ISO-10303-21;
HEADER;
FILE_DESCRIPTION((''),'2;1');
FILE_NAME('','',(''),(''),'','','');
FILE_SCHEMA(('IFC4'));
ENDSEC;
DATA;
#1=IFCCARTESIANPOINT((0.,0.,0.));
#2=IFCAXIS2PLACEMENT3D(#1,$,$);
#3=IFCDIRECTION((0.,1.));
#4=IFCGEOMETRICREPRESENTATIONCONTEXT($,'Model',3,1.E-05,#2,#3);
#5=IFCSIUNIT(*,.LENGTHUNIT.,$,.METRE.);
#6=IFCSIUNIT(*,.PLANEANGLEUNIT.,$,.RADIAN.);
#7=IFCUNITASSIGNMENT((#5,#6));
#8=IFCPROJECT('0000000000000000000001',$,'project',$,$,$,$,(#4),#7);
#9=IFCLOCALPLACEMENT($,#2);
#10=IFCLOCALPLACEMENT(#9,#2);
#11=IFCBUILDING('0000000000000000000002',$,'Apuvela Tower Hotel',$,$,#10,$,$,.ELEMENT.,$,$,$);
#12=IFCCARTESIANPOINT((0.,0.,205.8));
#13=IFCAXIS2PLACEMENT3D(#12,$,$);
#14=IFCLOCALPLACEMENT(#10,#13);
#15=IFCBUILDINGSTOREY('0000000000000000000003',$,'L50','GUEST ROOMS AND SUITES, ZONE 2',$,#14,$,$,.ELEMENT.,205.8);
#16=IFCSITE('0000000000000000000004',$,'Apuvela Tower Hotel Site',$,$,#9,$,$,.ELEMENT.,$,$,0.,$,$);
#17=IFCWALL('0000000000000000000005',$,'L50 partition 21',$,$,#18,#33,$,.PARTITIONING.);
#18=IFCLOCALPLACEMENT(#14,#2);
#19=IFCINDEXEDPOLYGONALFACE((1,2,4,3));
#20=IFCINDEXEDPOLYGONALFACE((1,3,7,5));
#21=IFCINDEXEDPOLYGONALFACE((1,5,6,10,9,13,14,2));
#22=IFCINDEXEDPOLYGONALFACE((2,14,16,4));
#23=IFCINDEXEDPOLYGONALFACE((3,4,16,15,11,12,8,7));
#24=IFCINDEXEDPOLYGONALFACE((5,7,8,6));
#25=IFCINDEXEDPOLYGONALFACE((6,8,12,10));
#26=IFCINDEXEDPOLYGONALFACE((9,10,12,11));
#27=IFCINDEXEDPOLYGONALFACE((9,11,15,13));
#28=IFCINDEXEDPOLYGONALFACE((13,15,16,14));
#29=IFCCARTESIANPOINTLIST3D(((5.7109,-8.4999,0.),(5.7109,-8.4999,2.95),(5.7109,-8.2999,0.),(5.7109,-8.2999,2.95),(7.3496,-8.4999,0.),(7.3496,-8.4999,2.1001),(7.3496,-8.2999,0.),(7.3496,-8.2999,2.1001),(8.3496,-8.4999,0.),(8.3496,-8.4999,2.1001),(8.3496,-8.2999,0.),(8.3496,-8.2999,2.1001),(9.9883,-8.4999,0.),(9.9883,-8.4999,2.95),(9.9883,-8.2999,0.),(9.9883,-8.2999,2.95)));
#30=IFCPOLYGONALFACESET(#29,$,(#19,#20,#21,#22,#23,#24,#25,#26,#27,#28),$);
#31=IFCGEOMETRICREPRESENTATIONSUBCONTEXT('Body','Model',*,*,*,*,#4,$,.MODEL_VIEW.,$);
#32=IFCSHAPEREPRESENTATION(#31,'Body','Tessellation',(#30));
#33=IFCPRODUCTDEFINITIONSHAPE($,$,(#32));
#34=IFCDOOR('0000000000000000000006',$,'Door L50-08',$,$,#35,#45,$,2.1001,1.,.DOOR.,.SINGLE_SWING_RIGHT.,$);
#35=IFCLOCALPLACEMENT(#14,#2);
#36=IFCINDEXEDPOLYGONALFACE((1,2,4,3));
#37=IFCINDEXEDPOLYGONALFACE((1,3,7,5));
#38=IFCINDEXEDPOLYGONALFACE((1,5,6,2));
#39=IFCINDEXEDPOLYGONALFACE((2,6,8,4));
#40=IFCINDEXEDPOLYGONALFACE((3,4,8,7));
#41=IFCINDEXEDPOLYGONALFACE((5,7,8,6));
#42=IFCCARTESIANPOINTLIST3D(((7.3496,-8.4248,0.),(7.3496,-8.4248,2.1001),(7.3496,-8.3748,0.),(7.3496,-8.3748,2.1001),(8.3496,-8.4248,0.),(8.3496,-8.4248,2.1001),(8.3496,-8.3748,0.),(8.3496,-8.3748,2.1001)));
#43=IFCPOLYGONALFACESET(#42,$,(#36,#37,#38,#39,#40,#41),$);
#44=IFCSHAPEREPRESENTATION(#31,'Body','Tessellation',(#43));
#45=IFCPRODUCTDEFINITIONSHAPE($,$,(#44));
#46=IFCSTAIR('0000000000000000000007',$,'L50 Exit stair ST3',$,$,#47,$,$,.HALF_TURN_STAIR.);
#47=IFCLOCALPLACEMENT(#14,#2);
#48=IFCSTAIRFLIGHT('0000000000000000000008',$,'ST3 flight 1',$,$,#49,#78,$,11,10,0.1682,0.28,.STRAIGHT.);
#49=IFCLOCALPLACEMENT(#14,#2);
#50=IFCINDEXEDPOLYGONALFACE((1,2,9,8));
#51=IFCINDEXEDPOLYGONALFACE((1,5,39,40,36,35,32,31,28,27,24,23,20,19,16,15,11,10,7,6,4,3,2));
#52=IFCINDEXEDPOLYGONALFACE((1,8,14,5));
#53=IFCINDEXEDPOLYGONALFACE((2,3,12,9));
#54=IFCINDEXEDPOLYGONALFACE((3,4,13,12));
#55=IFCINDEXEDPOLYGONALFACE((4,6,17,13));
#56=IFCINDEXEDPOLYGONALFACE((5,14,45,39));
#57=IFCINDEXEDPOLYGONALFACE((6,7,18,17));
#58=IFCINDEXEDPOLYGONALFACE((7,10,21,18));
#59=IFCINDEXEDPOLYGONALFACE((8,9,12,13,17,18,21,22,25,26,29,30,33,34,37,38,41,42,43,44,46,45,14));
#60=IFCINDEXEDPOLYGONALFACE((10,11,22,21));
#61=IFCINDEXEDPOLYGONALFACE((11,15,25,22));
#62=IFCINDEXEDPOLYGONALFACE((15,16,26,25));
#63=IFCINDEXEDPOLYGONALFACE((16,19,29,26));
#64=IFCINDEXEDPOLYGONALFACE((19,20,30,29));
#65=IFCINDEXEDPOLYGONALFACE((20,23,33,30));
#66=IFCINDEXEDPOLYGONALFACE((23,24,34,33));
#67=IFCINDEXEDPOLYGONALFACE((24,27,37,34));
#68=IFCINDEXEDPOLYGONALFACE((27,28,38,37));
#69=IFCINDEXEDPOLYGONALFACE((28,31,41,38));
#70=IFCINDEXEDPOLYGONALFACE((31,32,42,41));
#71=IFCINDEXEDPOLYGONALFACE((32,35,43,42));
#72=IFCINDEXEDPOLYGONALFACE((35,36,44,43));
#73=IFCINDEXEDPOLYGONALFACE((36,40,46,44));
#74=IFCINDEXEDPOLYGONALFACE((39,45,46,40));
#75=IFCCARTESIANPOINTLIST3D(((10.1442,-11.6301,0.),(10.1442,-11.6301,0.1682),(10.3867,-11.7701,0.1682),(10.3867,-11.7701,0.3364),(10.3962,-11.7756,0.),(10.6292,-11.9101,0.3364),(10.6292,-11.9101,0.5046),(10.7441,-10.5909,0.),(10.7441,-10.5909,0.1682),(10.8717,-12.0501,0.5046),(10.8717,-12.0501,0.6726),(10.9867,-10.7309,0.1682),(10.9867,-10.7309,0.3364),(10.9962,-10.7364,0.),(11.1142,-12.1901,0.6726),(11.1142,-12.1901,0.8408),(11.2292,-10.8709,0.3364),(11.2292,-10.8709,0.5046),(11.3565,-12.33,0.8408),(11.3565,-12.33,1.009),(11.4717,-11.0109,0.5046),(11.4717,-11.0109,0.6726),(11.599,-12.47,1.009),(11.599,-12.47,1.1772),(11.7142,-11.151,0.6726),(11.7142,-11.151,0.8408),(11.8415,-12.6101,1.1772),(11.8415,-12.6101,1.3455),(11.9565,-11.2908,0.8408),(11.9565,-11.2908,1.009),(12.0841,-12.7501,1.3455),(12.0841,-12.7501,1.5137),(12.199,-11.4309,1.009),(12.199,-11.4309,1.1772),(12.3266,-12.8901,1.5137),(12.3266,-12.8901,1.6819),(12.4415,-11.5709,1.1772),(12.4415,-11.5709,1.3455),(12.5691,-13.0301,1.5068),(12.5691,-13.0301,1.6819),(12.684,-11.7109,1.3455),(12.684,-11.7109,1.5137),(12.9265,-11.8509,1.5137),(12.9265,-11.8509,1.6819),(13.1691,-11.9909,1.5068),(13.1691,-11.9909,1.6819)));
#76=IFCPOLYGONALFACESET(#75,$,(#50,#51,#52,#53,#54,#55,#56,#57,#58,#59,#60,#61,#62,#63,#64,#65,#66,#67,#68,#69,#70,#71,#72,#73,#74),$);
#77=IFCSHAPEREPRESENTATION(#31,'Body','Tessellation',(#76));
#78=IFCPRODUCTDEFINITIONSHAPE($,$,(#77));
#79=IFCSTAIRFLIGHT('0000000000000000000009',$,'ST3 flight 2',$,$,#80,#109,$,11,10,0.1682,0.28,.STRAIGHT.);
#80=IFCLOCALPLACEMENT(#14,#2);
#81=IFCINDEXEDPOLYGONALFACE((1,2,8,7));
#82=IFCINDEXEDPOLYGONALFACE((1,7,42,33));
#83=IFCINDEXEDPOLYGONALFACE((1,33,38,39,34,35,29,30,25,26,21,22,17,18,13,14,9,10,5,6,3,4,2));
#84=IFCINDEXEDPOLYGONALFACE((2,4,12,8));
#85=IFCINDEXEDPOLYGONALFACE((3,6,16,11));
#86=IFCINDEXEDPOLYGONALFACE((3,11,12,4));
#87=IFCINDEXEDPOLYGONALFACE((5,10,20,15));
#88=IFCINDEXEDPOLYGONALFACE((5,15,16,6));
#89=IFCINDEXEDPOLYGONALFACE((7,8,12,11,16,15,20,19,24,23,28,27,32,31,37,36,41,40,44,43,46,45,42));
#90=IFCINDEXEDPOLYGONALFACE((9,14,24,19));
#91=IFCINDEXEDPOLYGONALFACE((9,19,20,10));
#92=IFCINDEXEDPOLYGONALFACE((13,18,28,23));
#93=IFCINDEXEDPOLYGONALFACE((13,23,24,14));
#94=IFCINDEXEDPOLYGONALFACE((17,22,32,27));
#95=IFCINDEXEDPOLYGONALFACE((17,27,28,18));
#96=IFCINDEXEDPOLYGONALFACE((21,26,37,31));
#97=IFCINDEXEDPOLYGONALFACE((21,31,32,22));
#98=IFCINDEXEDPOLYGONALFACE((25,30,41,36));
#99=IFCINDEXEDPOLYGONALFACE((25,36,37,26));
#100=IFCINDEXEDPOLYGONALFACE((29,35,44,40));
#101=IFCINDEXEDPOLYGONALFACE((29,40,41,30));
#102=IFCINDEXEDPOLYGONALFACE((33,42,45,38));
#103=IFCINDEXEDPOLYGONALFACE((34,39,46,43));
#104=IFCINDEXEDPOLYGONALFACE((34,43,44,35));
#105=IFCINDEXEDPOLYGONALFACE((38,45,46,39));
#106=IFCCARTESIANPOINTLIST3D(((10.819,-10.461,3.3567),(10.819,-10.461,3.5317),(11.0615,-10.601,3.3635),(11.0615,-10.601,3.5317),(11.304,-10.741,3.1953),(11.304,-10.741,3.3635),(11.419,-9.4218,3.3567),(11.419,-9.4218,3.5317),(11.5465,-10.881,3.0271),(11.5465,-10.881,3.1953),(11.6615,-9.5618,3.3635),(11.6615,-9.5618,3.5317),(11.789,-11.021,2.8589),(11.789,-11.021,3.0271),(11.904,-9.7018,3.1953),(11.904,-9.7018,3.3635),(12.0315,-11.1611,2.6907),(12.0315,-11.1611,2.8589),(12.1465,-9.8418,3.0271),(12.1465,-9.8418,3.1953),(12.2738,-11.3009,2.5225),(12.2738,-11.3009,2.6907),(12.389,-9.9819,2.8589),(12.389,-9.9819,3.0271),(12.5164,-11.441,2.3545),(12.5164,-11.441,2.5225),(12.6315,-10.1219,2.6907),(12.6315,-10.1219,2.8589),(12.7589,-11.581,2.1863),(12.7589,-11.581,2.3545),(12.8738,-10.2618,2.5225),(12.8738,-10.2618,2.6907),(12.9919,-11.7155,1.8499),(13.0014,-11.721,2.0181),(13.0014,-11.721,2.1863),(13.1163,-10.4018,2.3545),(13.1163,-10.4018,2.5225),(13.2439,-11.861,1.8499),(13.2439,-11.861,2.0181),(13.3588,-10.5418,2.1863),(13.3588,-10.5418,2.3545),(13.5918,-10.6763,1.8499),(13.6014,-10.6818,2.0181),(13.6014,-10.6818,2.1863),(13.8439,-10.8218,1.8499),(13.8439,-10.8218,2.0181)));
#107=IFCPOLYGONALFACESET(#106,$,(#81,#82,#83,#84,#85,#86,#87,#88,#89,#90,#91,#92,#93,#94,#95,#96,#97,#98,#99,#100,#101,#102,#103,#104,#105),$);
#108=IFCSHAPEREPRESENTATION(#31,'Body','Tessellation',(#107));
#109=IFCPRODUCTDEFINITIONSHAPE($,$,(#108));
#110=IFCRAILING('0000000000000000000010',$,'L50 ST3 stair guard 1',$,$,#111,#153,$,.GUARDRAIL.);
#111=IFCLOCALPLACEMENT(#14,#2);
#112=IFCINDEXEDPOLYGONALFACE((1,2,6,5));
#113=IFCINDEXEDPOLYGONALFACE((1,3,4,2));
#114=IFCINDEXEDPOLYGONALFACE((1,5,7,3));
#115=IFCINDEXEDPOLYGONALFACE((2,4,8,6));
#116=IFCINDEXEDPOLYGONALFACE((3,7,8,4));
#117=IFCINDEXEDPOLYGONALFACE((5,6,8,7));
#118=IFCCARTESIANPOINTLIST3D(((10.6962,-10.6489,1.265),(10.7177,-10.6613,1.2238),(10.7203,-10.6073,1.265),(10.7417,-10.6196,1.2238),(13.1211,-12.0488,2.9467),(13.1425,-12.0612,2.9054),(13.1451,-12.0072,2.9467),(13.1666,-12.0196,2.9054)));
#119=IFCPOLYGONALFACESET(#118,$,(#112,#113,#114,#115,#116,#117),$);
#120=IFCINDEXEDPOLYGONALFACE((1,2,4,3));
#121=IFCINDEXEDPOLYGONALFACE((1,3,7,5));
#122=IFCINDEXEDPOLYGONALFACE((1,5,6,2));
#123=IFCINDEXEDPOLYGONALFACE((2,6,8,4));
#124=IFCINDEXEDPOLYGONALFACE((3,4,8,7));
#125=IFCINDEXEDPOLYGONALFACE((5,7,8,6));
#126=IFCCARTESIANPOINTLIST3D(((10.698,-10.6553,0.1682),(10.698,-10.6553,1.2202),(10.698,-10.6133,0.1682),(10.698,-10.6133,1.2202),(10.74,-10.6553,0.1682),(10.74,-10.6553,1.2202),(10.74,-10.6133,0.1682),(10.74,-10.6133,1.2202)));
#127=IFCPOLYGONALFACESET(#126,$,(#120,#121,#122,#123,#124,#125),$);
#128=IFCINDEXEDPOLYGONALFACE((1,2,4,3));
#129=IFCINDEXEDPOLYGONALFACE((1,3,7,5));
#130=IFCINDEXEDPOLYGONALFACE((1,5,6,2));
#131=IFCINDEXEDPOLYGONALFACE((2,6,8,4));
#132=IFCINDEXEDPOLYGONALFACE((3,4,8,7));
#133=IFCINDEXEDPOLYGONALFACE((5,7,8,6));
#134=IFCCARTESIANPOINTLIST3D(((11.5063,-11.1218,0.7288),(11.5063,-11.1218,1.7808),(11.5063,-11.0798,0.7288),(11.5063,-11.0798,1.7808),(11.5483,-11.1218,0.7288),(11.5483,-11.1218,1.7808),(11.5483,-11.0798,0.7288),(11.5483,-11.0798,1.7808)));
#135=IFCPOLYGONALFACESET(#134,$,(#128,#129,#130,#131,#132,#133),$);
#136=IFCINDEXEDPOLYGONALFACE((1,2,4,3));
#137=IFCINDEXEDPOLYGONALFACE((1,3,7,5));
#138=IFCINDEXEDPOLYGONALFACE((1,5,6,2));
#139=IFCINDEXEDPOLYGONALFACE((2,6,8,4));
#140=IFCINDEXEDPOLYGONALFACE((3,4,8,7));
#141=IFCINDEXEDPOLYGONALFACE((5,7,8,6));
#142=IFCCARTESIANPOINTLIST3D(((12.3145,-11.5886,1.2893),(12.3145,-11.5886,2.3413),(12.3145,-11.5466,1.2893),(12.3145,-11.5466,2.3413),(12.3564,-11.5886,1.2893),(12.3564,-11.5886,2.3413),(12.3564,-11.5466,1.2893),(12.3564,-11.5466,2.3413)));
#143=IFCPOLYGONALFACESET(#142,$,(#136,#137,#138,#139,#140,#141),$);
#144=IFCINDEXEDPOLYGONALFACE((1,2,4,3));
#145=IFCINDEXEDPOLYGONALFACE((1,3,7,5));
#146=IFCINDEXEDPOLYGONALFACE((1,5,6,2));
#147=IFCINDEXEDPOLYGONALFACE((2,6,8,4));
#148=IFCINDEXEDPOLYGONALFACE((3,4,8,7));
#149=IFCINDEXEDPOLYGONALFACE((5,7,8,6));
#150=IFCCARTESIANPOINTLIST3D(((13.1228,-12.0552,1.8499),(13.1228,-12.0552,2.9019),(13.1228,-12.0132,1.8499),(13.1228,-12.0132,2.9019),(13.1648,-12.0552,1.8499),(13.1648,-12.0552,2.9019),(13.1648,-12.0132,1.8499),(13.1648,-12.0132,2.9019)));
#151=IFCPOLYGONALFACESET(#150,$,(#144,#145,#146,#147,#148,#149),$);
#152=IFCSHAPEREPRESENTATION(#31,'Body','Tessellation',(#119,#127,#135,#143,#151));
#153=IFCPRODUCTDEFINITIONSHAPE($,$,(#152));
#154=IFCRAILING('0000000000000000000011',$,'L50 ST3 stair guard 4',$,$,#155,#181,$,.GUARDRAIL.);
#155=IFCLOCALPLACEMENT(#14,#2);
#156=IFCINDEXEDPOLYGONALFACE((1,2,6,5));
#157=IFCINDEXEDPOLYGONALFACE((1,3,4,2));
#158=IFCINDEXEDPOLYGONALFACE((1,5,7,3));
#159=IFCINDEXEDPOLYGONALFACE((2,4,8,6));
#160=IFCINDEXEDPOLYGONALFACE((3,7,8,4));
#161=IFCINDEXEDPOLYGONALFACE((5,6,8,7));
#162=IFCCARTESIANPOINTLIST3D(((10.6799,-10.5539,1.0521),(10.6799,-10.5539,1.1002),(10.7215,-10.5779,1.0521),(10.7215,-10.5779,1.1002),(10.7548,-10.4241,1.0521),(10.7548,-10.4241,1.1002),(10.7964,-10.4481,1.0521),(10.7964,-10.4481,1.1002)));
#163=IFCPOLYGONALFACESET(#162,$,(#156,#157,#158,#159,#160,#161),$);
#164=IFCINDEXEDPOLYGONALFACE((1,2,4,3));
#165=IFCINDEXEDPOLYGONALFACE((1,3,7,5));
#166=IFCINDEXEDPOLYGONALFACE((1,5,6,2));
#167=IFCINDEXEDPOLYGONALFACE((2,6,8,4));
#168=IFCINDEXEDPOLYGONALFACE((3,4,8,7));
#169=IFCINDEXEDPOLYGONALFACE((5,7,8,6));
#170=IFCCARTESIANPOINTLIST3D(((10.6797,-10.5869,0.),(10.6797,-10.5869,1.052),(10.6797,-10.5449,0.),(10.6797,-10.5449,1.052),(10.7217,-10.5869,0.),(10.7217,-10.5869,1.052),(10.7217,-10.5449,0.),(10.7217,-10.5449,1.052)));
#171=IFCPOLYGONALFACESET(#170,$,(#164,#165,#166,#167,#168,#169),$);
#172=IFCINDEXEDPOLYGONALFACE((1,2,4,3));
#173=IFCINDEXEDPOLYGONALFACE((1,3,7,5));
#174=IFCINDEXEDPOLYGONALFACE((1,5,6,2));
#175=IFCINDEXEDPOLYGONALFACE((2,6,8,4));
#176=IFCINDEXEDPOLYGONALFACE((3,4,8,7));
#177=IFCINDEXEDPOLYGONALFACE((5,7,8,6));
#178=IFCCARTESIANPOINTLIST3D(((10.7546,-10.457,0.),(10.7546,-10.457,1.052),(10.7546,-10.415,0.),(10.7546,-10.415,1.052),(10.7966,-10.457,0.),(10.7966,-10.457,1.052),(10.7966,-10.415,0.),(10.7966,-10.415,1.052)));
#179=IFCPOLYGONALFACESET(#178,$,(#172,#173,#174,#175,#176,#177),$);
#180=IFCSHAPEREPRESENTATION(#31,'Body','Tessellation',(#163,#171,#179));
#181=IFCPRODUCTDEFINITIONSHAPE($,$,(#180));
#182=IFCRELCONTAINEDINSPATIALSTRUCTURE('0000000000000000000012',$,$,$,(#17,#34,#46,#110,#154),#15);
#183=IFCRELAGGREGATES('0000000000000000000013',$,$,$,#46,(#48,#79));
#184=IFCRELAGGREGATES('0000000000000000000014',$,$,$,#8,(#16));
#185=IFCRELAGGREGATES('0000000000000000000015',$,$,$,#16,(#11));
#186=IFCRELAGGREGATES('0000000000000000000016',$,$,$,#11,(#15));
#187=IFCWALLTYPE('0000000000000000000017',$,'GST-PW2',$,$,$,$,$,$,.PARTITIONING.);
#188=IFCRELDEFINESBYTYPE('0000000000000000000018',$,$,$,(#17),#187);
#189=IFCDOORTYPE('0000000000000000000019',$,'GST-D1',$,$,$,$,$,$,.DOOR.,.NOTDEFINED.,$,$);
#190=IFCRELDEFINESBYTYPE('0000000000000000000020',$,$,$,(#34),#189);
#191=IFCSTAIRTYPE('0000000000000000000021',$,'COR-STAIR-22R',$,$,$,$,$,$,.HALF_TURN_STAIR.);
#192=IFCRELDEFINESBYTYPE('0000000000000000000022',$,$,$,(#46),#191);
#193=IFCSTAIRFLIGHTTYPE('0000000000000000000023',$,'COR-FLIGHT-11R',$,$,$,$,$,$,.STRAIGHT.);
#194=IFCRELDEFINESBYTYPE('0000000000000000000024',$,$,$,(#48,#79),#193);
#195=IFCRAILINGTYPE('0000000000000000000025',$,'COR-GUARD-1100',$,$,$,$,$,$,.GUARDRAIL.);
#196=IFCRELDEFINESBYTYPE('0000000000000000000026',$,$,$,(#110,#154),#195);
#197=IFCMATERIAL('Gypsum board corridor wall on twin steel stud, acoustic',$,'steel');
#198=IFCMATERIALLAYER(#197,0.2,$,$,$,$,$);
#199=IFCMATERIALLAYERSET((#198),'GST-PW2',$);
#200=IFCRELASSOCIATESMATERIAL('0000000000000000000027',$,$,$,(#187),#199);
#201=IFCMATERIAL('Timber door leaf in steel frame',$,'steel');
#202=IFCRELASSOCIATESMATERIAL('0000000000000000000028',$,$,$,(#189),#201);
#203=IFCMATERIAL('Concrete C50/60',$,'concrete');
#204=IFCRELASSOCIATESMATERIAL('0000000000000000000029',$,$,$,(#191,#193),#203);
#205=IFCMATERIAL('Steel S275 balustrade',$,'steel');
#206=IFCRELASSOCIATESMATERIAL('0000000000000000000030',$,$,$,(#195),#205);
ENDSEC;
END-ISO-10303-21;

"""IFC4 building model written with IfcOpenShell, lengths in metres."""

from ifc_helpers import new_model, si_unit, direction, frame, frame_2d, origin, origin_2d, place, context, subcontext, project, spatial, polyline, rectangle, outline, extrude, material, layer, layer_set, type_object, element, fill, aggregate, save


model = new_model("IFC4")

# Units and contexts
model_context = context("Model", 3, precision=1e-05, world=origin(), true_north=direction((0.0, 1.0)))
body_context = subcontext(model_context, "Body", "Model", "MODEL_VIEW")
ifc_project = project(units=[si_unit("LENGTHUNIT", "METRE"), si_unit("PLANEANGLEUNIT", "RADIAN")], contexts=[model_context])

# Site, building, storey
site_placement = place(None, origin())
site = spatial("IfcSite", under=ifc_project, at=site_placement, Name="Apuvela Tower Hotel Site", CompositionType="ELEMENT", RefElevation=0.0)
building_placement = place(site_placement, origin())
building = spatial("IfcBuilding", under=site, at=building_placement, Name="Apuvela Tower Hotel", CompositionType="ELEMENT")
storey_placement = place(building_placement, frame((0.0, 0.0, 205.8)))
storey = spatial("IfcBuildingStorey", under=building, at=storey_placement, Name="L50", Description="GUEST ROOMS AND SUITES, ZONE 2", CompositionType="ELEMENT", Elevation=205.8)

# Shared definitions
ifc_material_1 = material(Name="Concrete C50/60", Category="concrete")

# Wall, opening, door
ifc_material_2 = material(Name="Gypsum board corridor wall on twin steel stud, acoustic", Category="steel")
ifc_layer_1 = layer(ifc_material_2, 0.2)
ifc_layer_set_1 = layer_set([ifc_layer_1], Name="GST-PW2")
wall_type_1 = type_object("IfcWallType", Name="GST-PW2", PredefinedType="PARTITIONING", material=ifc_layer_set_1)
ifc_material_3 = material(Name="Timber door leaf in steel frame", Category="steel")
door_type_1 = type_object("IfcDoorType", Name="GST-D1", OperationType="NOTDEFINED", PredefinedType="DOOR", material=ifc_material_3)
wall_1_placement = place(storey_placement, frame((9.9883, -8.3999, 0.0), z_axis=(0.0, 0.0, 1.0), x_axis=(-1.0, 0.0, 0.0)))
wall_1 = element("IfcWall", 1, at=wall_1_placement, inside=storey, type_object=wall_type_1, Name="L50 partition 21", PredefinedType="PARTITIONING", context=body_context, shape_type="SweptSolid", body=[
    extrude(rectangle(XDim=4.2773, YDim=0.2, at=frame_2d((2.1387, 0.0))), origin(), (0.0, 0.0, 1.0), 2.95),
])
opening_1_placement = place(wall_1_placement, frame((1.6387, 0.0, 0.0)))
opening_1 = element("IfcOpeningElement", 2, at=opening_1_placement, cuts=wall_1, PredefinedType="OPENING", context=body_context, shape_type="SweptSolid", body=[
    extrude(rectangle(XDim=1.0, YDim=2.1001, at=frame_2d((0.5, 1.05))), frame((0.0, 0.1099, 0.0), z_axis=(0.0, -1.0, 0.0), x_axis=(1.0, 0.0, 0.0)), (0.0, 0.0, 1.0), 0.22),
])
door_1_placement = place(opening_1_placement, origin())
door_1 = element("IfcDoor", 3, at=door_1_placement, inside=storey, type_object=door_type_1, Name="Door L50-08", OperationType="SINGLE_SWING_RIGHT", OverallHeight=2.1001, OverallWidth=1.0, PredefinedType="DOOR", context=body_context, shape_type="SweptSolid", body=[
    extrude(rectangle(XDim=1.0, YDim=2.1001, at=frame_2d((0.5, 1.05))), frame((0.0, 0.0249, 0.0), z_axis=(0.0, -1.0, 0.0), x_axis=(1.0, 0.0, 0.0)), (0.0, 0.0, 1.0), 0.05),
])
fill(opening_1, door_1)

# Stair, stair flights
stair_type = type_object("IfcStairType", Name="COR-STAIR-22R", PredefinedType="HALF_TURN_STAIR", material=ifc_material_1)
stair_placement = place(storey_placement, origin())
stair = element("IfcStair", 4, at=stair_placement, inside=storey, type_object=stair_type, Name="L50 Exit stair ST3", PredefinedType="HALF_TURN_STAIR")
stair_flight_type = type_object("IfcStairFlightType", Name="COR-FLIGHT-11R", PredefinedType="STRAIGHT", material=ifc_material_1)
stair_flight_1_placement = place(storey_placement, frame((10.4441, -11.1106, 0.0), z_axis=(0.0, 0.0, 1.0), x_axis=(0.866025, -0.5, 0.0)))
stair_flight_1 = element("IfcStairFlight", 5, at=stair_flight_1_placement, type_object=stair_flight_type, Name="ST3 flight 1", NumberOfRisers=11, NumberOfTreads=10, PredefinedType="STRAIGHT", RiserHeight=0.1682, TreadLength=0.28, context=body_context, shape_type="SweptSolid", body=[
    extrude(outline(polyline([(0.0, 0.0), (0.0, 0.1682), (0.28, 0.1682), (0.28, 0.3364), (0.5601, 0.3364), (0.5601, 0.5046), (0.8401, 0.5046), (0.8401, 0.6726), (1.1201, 0.6726), (1.1201, 0.8408), (1.3999, 0.8408), (1.3999, 1.009), (1.6799, 1.009), (1.6799, 1.1772), (1.96, 1.1772), (1.96, 1.3455), (2.24, 1.3455), (2.24, 1.5137), (2.52, 1.5137), (2.52, 1.6819), (2.8, 1.6819), (2.8, 1.8501), (2.8, 1.5068), (0.291, 0.0), (0.0, 0.0)])), frame((0.0, 0.6001, 0.0), z_axis=(0.0, -1.0, 0.0), x_axis=(1.0, 0.0, 0.0)), (0.0, 0.0, 1.0), 1.2),
])
stair_flight_2_placement = place(storey_placement, frame((13.5439, -11.3413, 1.8499), z_axis=(0.0, 0.0, 1.0), x_axis=(-0.866025, 0.5, 0.0)))
stair_flight_2 = element("IfcStairFlight", 6, at=stair_flight_2_placement, type_object=stair_flight_type, Name="ST3 flight 2", NumberOfRisers=11, NumberOfTreads=10, PredefinedType="STRAIGHT", RiserHeight=0.1682, TreadLength=0.28, context=body_context, shape_type="SweptSolid", body=[
    extrude(outline(polyline([(0.0, 0.0), (0.0, 0.1682), (0.28, 0.1682), (0.28, 0.3364), (0.5601, 0.3364), (0.5601, 0.5046), (0.8401, 0.5046), (0.8401, 0.6726), (1.1201, 0.6726), (1.1201, 0.8408), (1.3999, 0.8408), (1.3999, 1.009), (1.6799, 1.009), (1.6799, 1.1772), (1.96, 1.1772), (1.96, 1.3455), (2.24, 1.3455), (2.24, 1.5137), (2.52, 1.5137), (2.52, 1.6819), (2.8, 1.6819), (2.8, 1.8501), (2.8, 1.5068), (0.291, 0.0), (0.0, 0.0)])), frame((0.0, 0.6001, 0.0), z_axis=(0.0, -1.0, 0.0), x_axis=(1.0, 0.0, 0.0)), (0.0, 0.0, 1.0), 1.2),
])
aggregate(stair, [stair_flight_1, stair_flight_2])

# Railings
ifc_material_4 = material(Name="Steel S275 balustrade", Category="steel")
railing_type_1 = type_object("IfcRailingType", Name="COR-GUARD-1100", PredefinedType="GUARDRAIL", material=ifc_material_4)
railing_1_placement = place(storey_placement, frame((10.719, -10.6343, 0.1682)))
element("IfcRailing", 7, at=railing_1_placement, inside=storey, type_object=railing_type_1, Name="L50 ST3 stair guard 1", PredefinedType="GUARDRAIL", context=body_context, shape_type="SweptSolid", body=[
    extrude(rectangle(XDim=0.0481, YDim=0.0481, at=origin_2d()), frame((0.0, 0.0, 1.0762), z_axis=(0.742419, -0.428618, 0.514879), x_axis=(0.499984, 0.866035, 0.0)), (0.0, 0.0, 1.0), 3.2661),
    extrude(rectangle(XDim=0.042, YDim=0.042, at=origin_2d()), origin(), (0.0, 0.0, 1.0), 1.052),
    extrude(rectangle(XDim=0.042, YDim=0.042, at=origin_2d()), frame((0.8083, -0.4666, 0.5605)), (0.0, 0.0, 1.0), 1.052),
    extrude(rectangle(XDim=0.042, YDim=0.042, at=origin_2d()), frame((1.6165, -0.9333, 1.1211)), (0.0, 0.0, 1.0), 1.052),
    extrude(rectangle(XDim=0.042, YDim=0.042, at=origin_2d()), frame((2.4248, -1.3999, 1.6816)), (0.0, 0.0, 1.0), 1.052),
])
railing_2_placement = place(storey_placement, frame((10.7007, -10.5659, 0.0)))
element("IfcRailing", 8, at=railing_2_placement, inside=storey, type_object=railing_type_1, Name="L50 ST3 stair guard 4", PredefinedType="GUARDRAIL", context=body_context, shape_type="SweptSolid", body=[
    extrude(rectangle(XDim=0.0481, YDim=0.0481, at=origin_2d()), frame((0.0, 0.0, 1.0762), z_axis=(0.499816, 0.866131, 0.0), x_axis=(-0.866131, 0.499816, 0.0)), (0.0, 0.0, 1.0), 0.1499),
    extrude(rectangle(XDim=0.042, YDim=0.042, at=origin_2d()), origin(), (0.0, 0.0, 1.0), 1.052),
    extrude(rectangle(XDim=0.042, YDim=0.042, at=origin_2d()), frame((0.075, 0.1299, 0.0)), (0.0, 0.0, 1.0), 1.052),
])

save(model, "model.ifc")
